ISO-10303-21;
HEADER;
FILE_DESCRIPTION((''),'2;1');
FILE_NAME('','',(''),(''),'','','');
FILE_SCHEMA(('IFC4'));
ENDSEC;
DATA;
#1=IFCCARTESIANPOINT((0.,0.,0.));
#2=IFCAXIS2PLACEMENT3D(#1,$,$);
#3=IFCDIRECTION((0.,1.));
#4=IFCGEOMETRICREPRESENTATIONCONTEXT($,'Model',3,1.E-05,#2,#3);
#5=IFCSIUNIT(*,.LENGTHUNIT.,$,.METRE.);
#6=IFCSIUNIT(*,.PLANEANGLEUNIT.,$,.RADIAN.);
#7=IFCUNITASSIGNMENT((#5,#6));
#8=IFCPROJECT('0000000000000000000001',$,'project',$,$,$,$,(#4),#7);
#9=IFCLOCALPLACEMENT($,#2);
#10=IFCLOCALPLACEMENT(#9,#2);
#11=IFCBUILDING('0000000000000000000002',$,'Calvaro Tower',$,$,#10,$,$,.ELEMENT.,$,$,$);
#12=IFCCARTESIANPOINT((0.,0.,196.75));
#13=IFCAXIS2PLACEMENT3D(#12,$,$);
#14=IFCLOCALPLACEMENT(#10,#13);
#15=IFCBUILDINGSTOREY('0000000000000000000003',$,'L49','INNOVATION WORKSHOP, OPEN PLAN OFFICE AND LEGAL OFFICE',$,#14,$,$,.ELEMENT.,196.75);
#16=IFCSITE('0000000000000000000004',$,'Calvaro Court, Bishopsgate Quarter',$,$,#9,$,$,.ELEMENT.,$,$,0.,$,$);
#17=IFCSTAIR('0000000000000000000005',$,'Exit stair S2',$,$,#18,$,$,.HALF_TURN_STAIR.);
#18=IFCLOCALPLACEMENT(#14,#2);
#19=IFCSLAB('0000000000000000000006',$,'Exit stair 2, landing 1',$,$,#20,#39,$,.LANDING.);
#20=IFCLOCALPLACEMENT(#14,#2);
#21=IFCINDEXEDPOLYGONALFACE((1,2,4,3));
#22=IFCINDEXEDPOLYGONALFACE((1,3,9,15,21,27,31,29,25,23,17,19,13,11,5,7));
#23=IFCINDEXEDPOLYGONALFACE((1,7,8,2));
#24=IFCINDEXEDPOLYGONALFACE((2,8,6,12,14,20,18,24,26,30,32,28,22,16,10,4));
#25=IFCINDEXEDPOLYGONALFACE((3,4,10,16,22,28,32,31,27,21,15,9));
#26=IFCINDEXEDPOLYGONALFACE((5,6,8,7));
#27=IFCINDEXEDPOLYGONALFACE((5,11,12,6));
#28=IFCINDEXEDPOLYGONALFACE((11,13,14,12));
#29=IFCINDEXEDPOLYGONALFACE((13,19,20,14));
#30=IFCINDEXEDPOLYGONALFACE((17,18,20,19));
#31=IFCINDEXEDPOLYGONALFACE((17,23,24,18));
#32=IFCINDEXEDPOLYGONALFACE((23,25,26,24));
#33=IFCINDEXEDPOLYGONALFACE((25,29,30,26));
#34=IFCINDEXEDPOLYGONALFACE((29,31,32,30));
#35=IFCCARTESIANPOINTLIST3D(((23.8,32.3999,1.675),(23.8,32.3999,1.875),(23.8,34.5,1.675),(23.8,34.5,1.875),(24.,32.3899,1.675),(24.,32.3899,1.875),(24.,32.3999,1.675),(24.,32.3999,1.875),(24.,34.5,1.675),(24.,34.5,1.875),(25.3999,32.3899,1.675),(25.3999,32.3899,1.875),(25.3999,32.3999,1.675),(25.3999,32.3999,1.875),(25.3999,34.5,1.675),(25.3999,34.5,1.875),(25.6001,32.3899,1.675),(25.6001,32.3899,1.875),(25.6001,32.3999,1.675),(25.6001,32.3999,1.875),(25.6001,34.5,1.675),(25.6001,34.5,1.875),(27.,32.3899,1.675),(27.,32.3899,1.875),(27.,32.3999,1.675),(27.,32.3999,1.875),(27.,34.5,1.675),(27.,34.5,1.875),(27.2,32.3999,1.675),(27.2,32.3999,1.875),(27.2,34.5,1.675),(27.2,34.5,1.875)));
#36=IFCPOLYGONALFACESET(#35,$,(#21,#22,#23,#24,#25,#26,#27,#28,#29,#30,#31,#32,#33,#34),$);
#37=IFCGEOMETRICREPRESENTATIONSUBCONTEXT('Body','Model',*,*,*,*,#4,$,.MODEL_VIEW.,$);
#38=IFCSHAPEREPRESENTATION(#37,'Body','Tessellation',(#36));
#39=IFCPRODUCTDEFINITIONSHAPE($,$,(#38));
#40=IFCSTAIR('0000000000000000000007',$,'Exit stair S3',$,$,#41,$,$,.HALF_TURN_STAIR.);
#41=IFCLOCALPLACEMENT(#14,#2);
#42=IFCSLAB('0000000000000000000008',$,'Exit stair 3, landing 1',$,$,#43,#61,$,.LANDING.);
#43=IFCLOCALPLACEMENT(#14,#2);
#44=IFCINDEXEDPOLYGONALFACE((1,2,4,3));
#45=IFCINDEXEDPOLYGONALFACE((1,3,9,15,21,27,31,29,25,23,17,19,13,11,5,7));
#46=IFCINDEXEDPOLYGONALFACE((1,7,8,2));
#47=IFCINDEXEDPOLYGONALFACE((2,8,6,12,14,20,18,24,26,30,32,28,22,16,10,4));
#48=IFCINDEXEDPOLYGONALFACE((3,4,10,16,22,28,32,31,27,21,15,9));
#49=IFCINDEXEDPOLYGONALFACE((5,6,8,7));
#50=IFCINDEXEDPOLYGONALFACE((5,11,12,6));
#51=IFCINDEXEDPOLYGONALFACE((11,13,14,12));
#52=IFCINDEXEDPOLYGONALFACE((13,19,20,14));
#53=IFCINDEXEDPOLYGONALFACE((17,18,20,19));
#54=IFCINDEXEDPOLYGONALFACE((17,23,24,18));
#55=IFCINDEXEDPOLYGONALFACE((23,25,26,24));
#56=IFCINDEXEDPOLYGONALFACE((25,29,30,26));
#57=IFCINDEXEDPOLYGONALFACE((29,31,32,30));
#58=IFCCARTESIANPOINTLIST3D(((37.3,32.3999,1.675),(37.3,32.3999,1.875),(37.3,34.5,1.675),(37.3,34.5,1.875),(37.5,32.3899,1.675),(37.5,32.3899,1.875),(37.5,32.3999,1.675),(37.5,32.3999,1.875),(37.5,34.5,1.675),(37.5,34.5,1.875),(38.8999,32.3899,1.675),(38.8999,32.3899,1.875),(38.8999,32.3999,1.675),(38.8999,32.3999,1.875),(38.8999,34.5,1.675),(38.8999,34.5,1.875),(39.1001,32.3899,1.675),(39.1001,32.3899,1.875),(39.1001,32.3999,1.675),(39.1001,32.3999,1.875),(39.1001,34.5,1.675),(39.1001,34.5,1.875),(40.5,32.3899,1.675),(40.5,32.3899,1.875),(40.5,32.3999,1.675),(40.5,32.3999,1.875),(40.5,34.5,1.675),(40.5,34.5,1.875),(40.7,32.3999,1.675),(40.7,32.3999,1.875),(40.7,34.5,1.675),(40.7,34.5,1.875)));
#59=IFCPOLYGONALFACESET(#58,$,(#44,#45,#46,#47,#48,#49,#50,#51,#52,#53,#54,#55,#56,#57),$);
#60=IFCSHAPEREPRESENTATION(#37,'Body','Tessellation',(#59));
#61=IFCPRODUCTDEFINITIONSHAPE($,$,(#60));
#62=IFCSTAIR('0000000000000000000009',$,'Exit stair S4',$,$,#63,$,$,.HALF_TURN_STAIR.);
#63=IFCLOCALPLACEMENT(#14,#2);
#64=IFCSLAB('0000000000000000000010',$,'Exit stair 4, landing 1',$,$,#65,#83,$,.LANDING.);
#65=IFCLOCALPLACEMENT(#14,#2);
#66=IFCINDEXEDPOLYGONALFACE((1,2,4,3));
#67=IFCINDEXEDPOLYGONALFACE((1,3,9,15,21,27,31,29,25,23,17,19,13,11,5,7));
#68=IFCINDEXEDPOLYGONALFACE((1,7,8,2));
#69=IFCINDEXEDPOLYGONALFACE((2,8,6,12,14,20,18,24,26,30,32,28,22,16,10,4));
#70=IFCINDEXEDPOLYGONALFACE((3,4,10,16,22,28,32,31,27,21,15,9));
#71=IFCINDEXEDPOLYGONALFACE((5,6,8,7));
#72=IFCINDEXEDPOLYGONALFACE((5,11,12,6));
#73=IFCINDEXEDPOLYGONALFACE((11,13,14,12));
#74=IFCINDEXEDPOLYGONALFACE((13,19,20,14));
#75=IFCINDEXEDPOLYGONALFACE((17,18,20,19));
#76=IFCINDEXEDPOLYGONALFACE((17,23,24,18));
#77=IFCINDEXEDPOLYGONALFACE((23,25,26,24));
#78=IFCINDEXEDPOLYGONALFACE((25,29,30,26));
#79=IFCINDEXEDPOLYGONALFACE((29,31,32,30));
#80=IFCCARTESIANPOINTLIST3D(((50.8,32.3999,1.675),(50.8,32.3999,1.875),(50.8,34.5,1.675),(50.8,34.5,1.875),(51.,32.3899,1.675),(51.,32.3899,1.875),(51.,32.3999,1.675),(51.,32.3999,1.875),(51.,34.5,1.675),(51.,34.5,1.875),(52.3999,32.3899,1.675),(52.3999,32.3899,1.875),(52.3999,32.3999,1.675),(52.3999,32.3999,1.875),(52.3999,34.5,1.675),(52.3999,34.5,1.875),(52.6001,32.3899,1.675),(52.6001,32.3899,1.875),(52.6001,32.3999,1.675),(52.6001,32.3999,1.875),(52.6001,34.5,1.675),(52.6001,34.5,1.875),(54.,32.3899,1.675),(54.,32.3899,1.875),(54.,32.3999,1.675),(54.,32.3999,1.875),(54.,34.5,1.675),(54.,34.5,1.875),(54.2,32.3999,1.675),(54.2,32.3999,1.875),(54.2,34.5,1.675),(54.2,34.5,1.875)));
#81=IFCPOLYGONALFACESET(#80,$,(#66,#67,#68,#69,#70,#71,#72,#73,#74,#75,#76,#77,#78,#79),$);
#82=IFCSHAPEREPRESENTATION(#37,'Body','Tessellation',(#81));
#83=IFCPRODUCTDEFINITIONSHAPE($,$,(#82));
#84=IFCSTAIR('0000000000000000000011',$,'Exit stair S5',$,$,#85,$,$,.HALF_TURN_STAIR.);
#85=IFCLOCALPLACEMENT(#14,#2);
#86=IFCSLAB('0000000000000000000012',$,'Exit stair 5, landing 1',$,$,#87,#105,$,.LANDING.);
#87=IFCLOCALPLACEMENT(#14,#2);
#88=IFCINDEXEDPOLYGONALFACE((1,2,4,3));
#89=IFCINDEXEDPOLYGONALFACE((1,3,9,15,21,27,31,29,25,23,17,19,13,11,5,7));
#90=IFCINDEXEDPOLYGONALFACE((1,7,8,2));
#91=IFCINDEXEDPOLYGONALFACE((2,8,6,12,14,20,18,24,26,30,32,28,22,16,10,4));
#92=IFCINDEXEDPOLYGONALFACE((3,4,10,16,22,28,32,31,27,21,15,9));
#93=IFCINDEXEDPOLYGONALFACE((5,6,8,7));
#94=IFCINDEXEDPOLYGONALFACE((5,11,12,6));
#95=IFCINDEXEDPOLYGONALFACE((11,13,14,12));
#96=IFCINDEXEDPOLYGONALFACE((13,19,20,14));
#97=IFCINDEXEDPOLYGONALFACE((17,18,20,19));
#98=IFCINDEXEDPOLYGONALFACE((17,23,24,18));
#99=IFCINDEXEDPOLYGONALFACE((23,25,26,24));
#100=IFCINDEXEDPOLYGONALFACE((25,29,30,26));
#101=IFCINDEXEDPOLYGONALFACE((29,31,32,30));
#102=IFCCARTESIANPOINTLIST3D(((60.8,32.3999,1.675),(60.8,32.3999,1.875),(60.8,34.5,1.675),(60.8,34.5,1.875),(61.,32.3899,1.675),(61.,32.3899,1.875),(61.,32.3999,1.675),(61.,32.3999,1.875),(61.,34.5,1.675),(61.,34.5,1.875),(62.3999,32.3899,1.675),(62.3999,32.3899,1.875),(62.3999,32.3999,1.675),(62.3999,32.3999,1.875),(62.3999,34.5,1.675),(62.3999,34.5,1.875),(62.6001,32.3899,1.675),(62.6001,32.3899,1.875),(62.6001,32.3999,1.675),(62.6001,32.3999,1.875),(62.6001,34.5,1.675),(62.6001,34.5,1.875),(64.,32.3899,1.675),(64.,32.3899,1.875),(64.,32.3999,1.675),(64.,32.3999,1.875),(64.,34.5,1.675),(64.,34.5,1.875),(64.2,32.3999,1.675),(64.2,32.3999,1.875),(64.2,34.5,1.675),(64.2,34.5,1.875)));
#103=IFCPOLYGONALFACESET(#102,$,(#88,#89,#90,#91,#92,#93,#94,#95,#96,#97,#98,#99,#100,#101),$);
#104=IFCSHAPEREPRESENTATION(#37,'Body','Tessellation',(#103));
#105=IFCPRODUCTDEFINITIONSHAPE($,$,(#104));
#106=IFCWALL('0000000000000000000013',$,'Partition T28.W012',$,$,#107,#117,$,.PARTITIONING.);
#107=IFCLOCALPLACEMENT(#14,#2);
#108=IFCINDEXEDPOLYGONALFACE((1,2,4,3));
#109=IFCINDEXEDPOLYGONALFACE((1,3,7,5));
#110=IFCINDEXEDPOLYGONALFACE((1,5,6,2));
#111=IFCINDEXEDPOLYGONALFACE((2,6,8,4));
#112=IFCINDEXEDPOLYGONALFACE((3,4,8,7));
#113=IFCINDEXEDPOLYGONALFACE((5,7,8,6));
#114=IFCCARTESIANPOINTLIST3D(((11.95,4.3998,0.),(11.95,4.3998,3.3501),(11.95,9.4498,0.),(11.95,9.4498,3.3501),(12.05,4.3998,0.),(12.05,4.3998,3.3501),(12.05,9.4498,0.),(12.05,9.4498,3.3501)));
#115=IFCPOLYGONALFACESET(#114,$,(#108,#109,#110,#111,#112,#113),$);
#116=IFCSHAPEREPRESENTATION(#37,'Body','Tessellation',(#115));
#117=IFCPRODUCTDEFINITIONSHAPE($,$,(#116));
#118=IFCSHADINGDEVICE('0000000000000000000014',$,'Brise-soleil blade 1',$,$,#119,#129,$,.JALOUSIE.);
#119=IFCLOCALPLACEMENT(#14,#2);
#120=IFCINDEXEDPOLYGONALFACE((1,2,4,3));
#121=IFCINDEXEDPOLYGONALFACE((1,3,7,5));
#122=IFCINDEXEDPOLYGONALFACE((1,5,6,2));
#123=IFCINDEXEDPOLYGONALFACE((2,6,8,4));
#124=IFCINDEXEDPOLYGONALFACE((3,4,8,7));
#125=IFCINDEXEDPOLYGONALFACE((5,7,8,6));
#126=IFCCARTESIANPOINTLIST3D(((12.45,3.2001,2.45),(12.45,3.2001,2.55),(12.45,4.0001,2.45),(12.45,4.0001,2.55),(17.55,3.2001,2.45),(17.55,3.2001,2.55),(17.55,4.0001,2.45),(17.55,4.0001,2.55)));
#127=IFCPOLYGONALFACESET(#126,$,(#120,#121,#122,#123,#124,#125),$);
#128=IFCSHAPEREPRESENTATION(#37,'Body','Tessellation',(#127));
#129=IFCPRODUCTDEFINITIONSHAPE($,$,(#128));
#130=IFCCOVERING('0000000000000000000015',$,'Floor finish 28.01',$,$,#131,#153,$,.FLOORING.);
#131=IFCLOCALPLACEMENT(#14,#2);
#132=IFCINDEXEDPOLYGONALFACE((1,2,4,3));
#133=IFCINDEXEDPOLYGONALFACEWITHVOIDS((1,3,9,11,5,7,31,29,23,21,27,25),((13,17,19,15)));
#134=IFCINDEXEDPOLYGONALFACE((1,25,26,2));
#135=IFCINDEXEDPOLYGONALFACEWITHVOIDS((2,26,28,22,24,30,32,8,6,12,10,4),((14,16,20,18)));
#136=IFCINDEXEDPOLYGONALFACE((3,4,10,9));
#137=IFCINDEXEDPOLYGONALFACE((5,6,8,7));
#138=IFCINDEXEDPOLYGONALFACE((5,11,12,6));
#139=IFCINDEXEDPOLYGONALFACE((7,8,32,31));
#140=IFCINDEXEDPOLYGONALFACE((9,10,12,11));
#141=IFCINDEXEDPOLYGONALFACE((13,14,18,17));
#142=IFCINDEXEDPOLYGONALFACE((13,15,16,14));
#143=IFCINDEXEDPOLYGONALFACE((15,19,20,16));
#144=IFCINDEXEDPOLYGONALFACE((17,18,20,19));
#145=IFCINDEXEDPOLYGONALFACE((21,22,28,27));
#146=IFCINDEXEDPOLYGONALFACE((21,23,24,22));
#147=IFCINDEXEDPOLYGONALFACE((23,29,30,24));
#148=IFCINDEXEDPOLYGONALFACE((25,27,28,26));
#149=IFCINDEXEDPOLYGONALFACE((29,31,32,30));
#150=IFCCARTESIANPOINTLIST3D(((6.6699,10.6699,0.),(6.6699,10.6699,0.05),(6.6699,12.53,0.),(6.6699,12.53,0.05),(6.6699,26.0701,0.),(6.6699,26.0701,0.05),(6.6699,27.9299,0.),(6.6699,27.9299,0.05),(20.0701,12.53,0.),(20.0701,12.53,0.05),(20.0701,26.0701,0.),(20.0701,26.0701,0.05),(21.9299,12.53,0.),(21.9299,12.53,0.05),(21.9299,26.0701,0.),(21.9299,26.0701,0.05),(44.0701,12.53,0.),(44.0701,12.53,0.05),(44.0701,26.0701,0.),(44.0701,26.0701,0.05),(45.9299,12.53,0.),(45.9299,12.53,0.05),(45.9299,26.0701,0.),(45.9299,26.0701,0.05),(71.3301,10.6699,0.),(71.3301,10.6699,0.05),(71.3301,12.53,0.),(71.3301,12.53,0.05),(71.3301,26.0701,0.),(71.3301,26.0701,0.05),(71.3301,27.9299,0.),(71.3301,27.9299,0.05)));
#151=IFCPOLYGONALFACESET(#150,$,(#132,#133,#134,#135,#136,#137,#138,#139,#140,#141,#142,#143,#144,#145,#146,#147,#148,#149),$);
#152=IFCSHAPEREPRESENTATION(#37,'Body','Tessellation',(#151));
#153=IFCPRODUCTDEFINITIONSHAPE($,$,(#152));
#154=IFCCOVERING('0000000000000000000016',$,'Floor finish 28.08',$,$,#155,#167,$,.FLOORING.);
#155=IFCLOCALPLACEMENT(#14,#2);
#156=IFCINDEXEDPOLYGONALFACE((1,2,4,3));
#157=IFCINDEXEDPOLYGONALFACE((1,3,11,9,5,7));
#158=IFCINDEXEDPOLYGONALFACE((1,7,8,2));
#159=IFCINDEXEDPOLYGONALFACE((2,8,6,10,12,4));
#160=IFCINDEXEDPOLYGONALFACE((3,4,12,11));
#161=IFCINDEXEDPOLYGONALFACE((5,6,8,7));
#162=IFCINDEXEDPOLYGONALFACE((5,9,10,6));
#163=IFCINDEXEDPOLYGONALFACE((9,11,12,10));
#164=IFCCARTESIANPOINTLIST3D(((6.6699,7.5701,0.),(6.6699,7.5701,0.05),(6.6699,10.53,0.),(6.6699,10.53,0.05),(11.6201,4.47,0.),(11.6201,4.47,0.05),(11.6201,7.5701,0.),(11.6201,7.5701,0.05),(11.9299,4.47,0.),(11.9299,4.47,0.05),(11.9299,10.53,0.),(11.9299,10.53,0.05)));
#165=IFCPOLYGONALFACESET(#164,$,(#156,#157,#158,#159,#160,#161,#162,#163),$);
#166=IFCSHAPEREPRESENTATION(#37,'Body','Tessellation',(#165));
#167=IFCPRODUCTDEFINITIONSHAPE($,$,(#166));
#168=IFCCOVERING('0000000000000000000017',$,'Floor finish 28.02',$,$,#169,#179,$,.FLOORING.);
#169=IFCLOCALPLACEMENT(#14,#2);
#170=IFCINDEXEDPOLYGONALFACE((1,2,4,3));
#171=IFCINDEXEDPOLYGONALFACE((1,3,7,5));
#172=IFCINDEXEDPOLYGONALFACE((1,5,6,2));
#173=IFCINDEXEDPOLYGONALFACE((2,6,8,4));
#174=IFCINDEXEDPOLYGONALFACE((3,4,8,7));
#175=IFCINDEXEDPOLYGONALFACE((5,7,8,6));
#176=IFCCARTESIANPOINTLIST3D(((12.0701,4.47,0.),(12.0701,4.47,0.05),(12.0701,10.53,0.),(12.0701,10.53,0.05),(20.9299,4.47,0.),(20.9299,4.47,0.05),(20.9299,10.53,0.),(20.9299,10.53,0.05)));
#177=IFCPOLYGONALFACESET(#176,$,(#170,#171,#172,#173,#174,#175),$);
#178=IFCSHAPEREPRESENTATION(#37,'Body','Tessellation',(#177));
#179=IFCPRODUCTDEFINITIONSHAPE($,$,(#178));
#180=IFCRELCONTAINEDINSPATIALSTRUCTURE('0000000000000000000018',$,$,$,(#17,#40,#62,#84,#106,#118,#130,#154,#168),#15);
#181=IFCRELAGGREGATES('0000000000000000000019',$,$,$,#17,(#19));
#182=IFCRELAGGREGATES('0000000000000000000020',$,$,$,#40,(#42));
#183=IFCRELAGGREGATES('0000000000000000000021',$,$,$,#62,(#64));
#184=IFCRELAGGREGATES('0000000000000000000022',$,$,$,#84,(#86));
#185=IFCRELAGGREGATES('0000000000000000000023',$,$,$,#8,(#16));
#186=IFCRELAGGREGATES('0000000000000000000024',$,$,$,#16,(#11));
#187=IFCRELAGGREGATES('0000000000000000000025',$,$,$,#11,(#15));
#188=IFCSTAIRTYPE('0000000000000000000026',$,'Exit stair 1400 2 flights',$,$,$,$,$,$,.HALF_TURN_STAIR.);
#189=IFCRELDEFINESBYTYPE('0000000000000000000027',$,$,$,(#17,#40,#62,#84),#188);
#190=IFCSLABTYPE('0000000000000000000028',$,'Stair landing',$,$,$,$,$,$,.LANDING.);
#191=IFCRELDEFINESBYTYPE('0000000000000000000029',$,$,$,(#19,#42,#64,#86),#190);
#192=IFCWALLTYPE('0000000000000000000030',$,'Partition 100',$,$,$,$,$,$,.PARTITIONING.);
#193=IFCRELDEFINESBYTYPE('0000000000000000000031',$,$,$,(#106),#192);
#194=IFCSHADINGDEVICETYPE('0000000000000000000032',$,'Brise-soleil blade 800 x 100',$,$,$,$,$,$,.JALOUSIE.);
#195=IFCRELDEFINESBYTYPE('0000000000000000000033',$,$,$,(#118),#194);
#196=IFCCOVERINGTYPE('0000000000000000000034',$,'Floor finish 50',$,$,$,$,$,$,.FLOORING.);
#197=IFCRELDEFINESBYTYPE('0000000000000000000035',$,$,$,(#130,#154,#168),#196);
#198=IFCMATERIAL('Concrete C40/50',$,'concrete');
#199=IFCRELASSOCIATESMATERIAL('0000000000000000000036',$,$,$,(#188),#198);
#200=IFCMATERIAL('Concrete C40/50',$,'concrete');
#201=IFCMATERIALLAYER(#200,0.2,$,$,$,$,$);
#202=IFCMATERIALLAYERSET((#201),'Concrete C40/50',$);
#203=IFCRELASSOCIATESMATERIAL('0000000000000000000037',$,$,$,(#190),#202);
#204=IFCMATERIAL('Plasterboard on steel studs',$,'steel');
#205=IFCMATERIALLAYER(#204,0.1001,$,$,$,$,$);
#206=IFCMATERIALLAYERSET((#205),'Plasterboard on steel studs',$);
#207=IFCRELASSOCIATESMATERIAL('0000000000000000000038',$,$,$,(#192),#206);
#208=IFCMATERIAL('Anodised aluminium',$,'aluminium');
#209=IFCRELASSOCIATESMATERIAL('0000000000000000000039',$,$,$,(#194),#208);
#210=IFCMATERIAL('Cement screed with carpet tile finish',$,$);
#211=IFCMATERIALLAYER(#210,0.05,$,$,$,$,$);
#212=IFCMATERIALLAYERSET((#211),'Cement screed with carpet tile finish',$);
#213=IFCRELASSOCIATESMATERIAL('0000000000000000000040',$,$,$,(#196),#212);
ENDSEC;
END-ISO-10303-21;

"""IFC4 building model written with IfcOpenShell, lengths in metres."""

from ifc_helpers import new_model, si_unit, direction, frame, frame_2d, origin, origin_2d, place, context, subcontext, project, spatial, polyline, rectangle, outline, extrude, material, layer, layer_set, material_profile, profile_set, type_object, element, aggregate, save


model = new_model("IFC4")

# Units and contexts
model_context = context("Model", 3, precision=1e-05, world=origin(), true_north=direction((0.0, 1.0)))
body_context = subcontext(model_context, "Body", "Model", "MODEL_VIEW")
ifc_project = project(units=[si_unit("LENGTHUNIT", "METRE"), si_unit("PLANEANGLEUNIT", "RADIAN")], contexts=[model_context])

# Site, building, storey
site_placement = place(None, origin())
site = spatial("IfcSite", under=ifc_project, at=site_placement, Name="Calvaro Court, Bishopsgate Quarter", CompositionType="ELEMENT", RefElevation=0.0)
building_placement = place(site_placement, origin())
building = spatial("IfcBuilding", under=site, at=building_placement, Name="Calvaro Tower", CompositionType="ELEMENT")
storey_placement = place(building_placement, frame((0.0, 0.0, 196.75)))
storey = spatial("IfcBuildingStorey", under=building, at=storey_placement, Name="L49", Description="INNOVATION WORKSHOP, OPEN PLAN OFFICE AND LEGAL OFFICE", CompositionType="ELEMENT", Elevation=196.75)

# Stairs, slabs
ifc_material_1 = material(Name="Concrete C40/50", Category="concrete")
stair_type = type_object("IfcStairType", Name="Exit stair 1400 2 flights", PredefinedType="HALF_TURN_STAIR", material=ifc_material_1)
ifc_material_2 = material(Name="Concrete C40/50", Category="concrete")
ifc_layer_1 = layer(ifc_material_2, 0.2)
ifc_layer_set_1 = layer_set([ifc_layer_1], Name="Concrete C40/50")
slab_type_1 = type_object("IfcSlabType", Name="Stair landing", PredefinedType="LANDING", material=ifc_layer_set_1)
stair_1_placement = place(storey_placement, origin())
stair_1 = element("IfcStair", 1, at=stair_1_placement, inside=storey, type_object=stair_type, Name="Exit stair S2", PredefinedType="HALF_TURN_STAIR")
slab_1_placement = place(storey_placement, frame((0.0, 0.0, 1.675)))
slab_1 = element("IfcSlab", 2, at=slab_1_placement, type_object=slab_type_1, Name="Exit stair 2, landing 1", PredefinedType="LANDING", context=body_context, shape_type="SweptSolid", body=[
    extrude(outline(polyline([(25.3999, 32.3899), (24.0, 32.3899), (24.0, 32.3999), (23.8, 32.3999), (23.8, 34.5), (24.0, 34.5), (25.3999, 34.5), (25.6001, 34.5), (27.0, 34.5), (27.2, 34.5), (27.2, 32.3999), (27.0, 32.3999), (27.0, 32.3899), (25.6001, 32.3899), (25.6001, 32.3999), (25.3999, 32.3999), (25.3999, 32.3899)])), origin(), (0.0, 0.0, 1.0), 0.2),
])
aggregate(stair_1, [slab_1])
stair_2_placement = place(storey_placement, origin())
stair_2 = element("IfcStair", 3, at=stair_2_placement, inside=storey, type_object=stair_type, Name="Exit stair S3", PredefinedType="HALF_TURN_STAIR")
slab_2_placement = place(storey_placement, frame((0.0, 0.0, 1.675)))
slab_2 = element("IfcSlab", 4, at=slab_2_placement, type_object=slab_type_1, Name="Exit stair 3, landing 1", PredefinedType="LANDING", context=body_context, shape_type="SweptSolid", body=[
    extrude(outline(polyline([(38.8999, 32.3899), (37.5, 32.3899), (37.5, 32.3999), (37.3, 32.3999), (37.3, 34.5), (37.5, 34.5), (38.8999, 34.5), (39.1001, 34.5), (40.5, 34.5), (40.7, 34.5), (40.7, 32.3999), (40.5, 32.3999), (40.5, 32.3899), (39.1001, 32.3899), (39.1001, 32.3999), (38.8999, 32.3999), (38.8999, 32.3899)])), origin(), (0.0, 0.0, 1.0), 0.2),
])
aggregate(stair_2, [slab_2])
stair_3_placement = place(storey_placement, origin())
stair_3 = element("IfcStair", 5, at=stair_3_placement, inside=storey, type_object=stair_type, Name="Exit stair S4", PredefinedType="HALF_TURN_STAIR")
slab_3_placement = place(storey_placement, frame((0.0, 0.0, 1.675)))
slab_3 = element("IfcSlab", 6, at=slab_3_placement, type_object=slab_type_1, Name="Exit stair 4, landing 1", PredefinedType="LANDING", context=body_context, shape_type="SweptSolid", body=[
    extrude(outline(polyline([(52.3999, 32.3899), (51.0, 32.3899), (51.0, 32.3999), (50.8, 32.3999), (50.8, 34.5), (51.0, 34.5), (52.3999, 34.5), (52.6001, 34.5), (54.0, 34.5), (54.2, 34.5), (54.2, 32.3999), (54.0, 32.3999), (54.0, 32.3899), (52.6001, 32.3899), (52.6001, 32.3999), (52.3999, 32.3999), (52.3999, 32.3899)])), origin(), (0.0, 0.0, 1.0), 0.2),
])
aggregate(stair_3, [slab_3])
stair_4_placement = place(storey_placement, origin())
stair_4 = element("IfcStair", 7, at=stair_4_placement, inside=storey, type_object=stair_type, Name="Exit stair S5", PredefinedType="HALF_TURN_STAIR")
slab_4_placement = place(storey_placement, frame((0.0, 0.0, 1.675)))
slab_4 = element("IfcSlab", 8, at=slab_4_placement, type_object=slab_type_1, Name="Exit stair 5, landing 1", PredefinedType="LANDING", context=body_context, shape_type="SweptSolid", body=[
    extrude(outline(polyline([(62.3999, 32.3899), (61.0, 32.3899), (61.0, 32.3999), (60.8, 32.3999), (60.8, 34.5), (61.0, 34.5), (62.3999, 34.5), (62.6001, 34.5), (64.0, 34.5), (64.2, 34.5), (64.2, 32.3999), (64.0, 32.3999), (64.0, 32.3899), (62.6001, 32.3899), (62.6001, 32.3999), (62.3999, 32.3999), (62.3999, 32.3899)])), origin(), (0.0, 0.0, 1.0), 0.2),
])
aggregate(stair_4, [slab_4])

# Wall
ifc_material_3 = material(Name="Plasterboard on steel studs", Category="steel")
ifc_layer_2 = layer(ifc_material_3, 0.1001)
ifc_layer_set_2 = layer_set([ifc_layer_2], Name="Plasterboard on steel studs")
wall_type = type_object("IfcWallType", Name="Partition 100", PredefinedType="PARTITIONING", material=ifc_layer_set_2)
wall_placement = place(storey_placement, frame((12.0, 4.3999, 0.0), z_axis=(0.0, 0.0, 1.0), x_axis=(0.0, 1.0, 0.0)))
element("IfcWall", 9, at=wall_placement, inside=storey, type_object=wall_type, Name="Partition T28.W012", PredefinedType="PARTITIONING", context=body_context, shape_type="SweptSolid", body=[
    extrude(rectangle(XDim=5.05, YDim=0.1001, at=frame_2d((2.5249, 0.0))), origin(), (0.0, 0.0, 1.0), 3.3501),
])

# Shading device
ifc_material_4 = material(Name="Anodised aluminium", Category="aluminium")
ifc_material_profile_1 = material_profile(ifc_material_4, rectangle(XDim=0.8, YDim=0.1001, at=origin_2d()), Name="Brise-soleil blade 800 x 100")
ifc_profile_set_1 = profile_set([ifc_material_profile_1], Name="Anodised aluminium")
shading_device_type = type_object("IfcShadingDeviceType", Name="Brise-soleil blade 800 x 100", PredefinedType="JALOUSIE", material=ifc_profile_set_1)
shading_device_placement = place(storey_placement, frame((12.45, 3.6001, 2.5), z_axis=(1.0, 0.0, 0.0), x_axis=(0.0, 1.0, 0.0)))
element("IfcShadingDevice", 10, at=shading_device_placement, inside=storey, type_object=shading_device_type, Name="Brise-soleil blade 1", PredefinedType="JALOUSIE", context=body_context, shape_type="SweptSolid", body=[
    extrude(rectangle(XDim=0.8, YDim=0.1001, at=origin_2d()), origin(), (0.0, 0.0, 1.0), 5.1001),
])

# Coverings
ifc_material_5 = material(Name="Cement screed with carpet tile finish")
ifc_layer_3 = layer(ifc_material_5, 0.05)
ifc_layer_set_3 = layer_set([ifc_layer_3], Name="Cement screed with carpet tile finish")
covering_type = type_object("IfcCoveringType", Name="Floor finish 50", PredefinedType="FLOORING", material=ifc_layer_set_3)
covering_1_placement = place(storey_placement, origin())
element("IfcCovering", 11, at=covering_1_placement, inside=storey, type_object=covering_type, Name="Floor finish 28.01", PredefinedType="FLOORING", context=body_context, shape_type="SweptSolid", body=[
    extrude(outline(polyline([(6.6699, 10.6699), (6.6699, 12.53), (20.0701, 12.53), (20.0701, 26.0701), (6.6699, 26.0701), (6.6699, 27.9299), (71.3301, 27.9299), (71.3301, 26.0701), (45.9299, 26.0701), (45.9299, 12.53), (71.3301, 12.53), (71.3301, 10.6699), (6.6699, 10.6699)]), holes=[polyline([(44.0701, 12.53), (44.0701, 26.0701), (21.9299, 26.0701), (21.9299, 12.53), (44.0701, 12.53)])]), origin(), (0.0, 0.0, 1.0), 0.05),
])
covering_2_placement = place(storey_placement, origin())
element("IfcCovering", 12, at=covering_2_placement, inside=storey, type_object=covering_type, Name="Floor finish 28.08", PredefinedType="FLOORING", context=body_context, shape_type="SweptSolid", body=[
    extrude(outline(polyline([(11.9299, 10.53), (11.9299, 4.47), (11.6201, 4.47), (11.6201, 7.5701), (6.6699, 7.5701), (6.6699, 10.53), (11.9299, 10.53)])), origin(), (0.0, 0.0, 1.0), 0.05),
])
covering_3_placement = place(storey_placement, origin())
element("IfcCovering", 13, at=covering_3_placement, inside=storey, type_object=covering_type, Name="Floor finish 28.02", PredefinedType="FLOORING", context=body_context, shape_type="SweptSolid", body=[
    extrude(outline(polyline([(12.0701, 10.53), (20.9299, 10.53), (20.9299, 4.47), (12.0701, 4.47), (12.0701, 10.53)])), origin(), (0.0, 0.0, 1.0), 0.05),
])

save(model, "model.ifc")
